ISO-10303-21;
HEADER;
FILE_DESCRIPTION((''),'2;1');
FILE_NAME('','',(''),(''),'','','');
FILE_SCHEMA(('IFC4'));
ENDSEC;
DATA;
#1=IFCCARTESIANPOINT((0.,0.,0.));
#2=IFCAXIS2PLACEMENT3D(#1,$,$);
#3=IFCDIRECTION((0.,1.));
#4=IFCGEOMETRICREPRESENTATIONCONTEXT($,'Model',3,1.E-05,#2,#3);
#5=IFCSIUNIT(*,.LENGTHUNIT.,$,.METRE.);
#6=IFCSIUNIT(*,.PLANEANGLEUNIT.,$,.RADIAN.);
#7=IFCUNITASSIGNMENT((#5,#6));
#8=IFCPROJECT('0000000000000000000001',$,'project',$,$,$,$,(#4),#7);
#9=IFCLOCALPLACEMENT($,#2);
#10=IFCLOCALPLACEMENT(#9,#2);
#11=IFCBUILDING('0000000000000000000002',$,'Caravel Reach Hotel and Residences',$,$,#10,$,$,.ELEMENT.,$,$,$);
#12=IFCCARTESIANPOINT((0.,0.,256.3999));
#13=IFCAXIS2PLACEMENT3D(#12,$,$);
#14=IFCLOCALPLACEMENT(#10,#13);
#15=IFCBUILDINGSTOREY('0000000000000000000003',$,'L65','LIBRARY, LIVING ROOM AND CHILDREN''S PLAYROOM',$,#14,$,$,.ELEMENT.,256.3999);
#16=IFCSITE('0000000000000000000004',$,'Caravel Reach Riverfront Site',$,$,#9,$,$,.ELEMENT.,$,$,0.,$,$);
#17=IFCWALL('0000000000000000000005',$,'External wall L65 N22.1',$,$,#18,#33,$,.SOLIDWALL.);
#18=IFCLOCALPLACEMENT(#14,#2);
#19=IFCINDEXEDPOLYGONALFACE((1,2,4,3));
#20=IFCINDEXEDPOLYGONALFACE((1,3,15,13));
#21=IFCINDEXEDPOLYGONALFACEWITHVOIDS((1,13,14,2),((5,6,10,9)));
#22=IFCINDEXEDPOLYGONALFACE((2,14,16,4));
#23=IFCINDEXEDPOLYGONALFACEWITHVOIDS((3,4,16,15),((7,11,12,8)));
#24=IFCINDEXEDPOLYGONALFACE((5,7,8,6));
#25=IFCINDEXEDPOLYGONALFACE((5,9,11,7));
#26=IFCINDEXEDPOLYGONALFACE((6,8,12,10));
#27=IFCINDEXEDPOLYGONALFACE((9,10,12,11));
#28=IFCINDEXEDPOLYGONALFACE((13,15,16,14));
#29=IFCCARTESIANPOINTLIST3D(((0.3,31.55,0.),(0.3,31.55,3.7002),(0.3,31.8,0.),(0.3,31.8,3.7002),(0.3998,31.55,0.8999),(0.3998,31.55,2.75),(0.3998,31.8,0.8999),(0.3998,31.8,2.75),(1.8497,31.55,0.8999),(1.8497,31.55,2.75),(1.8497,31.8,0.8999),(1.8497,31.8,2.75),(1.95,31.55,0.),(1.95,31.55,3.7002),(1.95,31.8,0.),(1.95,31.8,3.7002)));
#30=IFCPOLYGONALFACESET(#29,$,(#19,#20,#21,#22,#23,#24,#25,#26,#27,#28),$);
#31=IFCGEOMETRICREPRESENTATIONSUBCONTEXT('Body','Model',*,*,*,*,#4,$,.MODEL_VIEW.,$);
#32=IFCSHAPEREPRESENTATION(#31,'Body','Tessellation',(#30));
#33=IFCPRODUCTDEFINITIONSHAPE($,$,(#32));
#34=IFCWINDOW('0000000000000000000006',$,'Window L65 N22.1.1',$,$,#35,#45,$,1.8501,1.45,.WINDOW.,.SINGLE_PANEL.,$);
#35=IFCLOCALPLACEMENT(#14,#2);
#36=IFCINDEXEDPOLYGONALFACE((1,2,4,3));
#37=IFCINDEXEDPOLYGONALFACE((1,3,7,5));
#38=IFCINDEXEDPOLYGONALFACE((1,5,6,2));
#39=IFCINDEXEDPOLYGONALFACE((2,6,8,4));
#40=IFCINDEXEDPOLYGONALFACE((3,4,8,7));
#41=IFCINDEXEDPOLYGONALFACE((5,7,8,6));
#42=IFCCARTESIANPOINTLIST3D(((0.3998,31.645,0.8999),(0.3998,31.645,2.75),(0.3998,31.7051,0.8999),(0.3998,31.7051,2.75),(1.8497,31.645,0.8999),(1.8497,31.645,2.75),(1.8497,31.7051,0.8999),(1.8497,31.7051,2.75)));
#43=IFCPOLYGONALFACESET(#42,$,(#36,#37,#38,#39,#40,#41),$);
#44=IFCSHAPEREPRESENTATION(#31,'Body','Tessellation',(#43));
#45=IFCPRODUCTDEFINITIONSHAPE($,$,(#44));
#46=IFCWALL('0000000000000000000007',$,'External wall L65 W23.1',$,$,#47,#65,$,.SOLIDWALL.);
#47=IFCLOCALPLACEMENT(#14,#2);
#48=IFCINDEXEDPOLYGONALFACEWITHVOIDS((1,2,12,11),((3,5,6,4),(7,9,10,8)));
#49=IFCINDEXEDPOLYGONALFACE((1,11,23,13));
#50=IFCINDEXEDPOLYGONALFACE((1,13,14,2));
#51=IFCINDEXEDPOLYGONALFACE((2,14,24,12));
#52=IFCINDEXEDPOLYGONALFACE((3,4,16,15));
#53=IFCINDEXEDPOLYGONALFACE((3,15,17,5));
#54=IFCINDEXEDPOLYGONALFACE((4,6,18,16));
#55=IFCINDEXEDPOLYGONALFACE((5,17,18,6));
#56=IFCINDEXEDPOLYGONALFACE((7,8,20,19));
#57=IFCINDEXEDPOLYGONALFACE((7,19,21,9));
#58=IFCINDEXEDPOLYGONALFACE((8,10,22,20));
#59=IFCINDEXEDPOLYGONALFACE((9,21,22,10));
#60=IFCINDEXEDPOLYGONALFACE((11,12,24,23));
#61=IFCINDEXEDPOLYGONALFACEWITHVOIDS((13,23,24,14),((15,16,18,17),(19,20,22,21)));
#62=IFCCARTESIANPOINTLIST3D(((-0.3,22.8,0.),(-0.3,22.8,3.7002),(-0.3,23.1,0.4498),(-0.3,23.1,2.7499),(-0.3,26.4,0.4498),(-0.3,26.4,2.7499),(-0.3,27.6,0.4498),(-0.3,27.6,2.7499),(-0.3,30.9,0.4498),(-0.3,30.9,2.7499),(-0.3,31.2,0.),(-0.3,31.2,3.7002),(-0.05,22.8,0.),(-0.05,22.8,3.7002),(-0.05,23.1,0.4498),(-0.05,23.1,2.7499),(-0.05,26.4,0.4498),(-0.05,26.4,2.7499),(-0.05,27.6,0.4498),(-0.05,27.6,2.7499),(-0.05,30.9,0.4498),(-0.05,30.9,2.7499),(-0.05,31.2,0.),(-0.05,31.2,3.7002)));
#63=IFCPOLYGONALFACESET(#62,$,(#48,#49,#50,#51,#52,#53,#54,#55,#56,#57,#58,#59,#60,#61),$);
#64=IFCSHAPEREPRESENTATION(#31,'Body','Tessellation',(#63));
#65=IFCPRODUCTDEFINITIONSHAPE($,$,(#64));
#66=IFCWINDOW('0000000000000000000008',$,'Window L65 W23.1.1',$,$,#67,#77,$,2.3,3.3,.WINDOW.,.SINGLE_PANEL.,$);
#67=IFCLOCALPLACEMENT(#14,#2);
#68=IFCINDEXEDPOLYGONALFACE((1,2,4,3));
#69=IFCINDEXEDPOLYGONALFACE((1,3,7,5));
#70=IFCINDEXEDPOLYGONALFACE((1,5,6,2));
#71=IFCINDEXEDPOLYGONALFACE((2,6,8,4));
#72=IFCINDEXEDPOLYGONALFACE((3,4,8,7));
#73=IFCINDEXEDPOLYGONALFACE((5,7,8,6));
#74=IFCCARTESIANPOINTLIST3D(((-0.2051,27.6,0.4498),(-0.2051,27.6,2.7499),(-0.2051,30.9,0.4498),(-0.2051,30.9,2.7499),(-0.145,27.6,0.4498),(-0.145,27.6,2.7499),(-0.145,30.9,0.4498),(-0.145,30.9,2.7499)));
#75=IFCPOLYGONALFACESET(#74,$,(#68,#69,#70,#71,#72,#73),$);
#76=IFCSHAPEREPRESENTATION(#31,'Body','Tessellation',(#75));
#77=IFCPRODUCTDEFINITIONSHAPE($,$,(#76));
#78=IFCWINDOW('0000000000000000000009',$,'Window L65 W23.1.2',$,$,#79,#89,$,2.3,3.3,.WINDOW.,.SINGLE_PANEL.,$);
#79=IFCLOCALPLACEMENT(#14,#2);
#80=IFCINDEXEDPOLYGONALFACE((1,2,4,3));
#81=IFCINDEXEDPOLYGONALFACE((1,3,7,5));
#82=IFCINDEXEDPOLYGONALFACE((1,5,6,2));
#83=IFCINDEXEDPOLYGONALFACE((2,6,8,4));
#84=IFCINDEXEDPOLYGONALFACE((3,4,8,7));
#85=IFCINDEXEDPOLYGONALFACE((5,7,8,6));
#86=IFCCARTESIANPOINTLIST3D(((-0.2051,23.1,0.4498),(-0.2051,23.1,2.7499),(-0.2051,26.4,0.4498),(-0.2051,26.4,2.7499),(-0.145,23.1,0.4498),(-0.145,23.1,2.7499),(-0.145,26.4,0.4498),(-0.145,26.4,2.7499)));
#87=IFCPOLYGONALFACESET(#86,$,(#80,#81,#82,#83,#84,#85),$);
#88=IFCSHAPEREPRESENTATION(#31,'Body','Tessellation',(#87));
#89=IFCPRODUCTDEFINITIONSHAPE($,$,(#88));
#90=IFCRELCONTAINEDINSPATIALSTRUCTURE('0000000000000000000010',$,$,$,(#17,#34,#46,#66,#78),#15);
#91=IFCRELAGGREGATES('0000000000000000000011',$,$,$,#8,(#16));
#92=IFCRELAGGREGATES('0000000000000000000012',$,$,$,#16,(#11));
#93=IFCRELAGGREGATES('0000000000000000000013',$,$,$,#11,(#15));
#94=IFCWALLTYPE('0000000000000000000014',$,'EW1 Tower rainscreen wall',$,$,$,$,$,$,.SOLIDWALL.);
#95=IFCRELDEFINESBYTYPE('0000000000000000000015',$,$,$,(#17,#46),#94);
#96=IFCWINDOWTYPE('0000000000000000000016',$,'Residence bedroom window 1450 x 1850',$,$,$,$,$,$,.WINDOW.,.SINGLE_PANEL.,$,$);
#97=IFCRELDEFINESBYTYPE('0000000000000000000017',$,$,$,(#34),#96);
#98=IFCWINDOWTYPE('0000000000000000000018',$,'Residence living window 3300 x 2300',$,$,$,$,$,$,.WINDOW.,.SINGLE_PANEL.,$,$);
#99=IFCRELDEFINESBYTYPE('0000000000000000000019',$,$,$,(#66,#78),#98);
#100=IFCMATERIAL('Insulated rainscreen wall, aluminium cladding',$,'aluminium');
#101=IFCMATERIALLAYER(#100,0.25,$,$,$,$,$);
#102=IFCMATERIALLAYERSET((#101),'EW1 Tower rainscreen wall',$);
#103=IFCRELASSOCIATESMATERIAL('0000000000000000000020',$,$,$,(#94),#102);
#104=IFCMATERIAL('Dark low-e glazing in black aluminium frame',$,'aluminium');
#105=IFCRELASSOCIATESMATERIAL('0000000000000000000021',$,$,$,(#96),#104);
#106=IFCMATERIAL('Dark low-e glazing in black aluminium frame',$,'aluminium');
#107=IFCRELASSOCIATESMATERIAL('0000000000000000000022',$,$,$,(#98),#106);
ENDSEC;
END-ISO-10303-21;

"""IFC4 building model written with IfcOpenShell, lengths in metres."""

from ifc_helpers import new_model, si_unit, direction, frame, frame_2d, origin, place, context, subcontext, project, spatial, rectangle, extrude, material, layer, layer_set, type_object, element, fill, save


model = new_model("IFC4")

# Units and contexts
model_context = context("Model", 3, precision=1e-05, world=origin(), true_north=direction((0.0, 1.0)))
body_context = subcontext(model_context, "Body", "Model", "MODEL_VIEW")
ifc_project = project(units=[si_unit("LENGTHUNIT", "METRE"), si_unit("PLANEANGLEUNIT", "RADIAN")], contexts=[model_context])

# Site, building, storey
site_placement = place(None, origin())
site = spatial("IfcSite", under=ifc_project, at=site_placement, Name="Caravel Reach Riverfront Site", CompositionType="ELEMENT", RefElevation=0.0)
building_placement = place(site_placement, origin())
building = spatial("IfcBuilding", under=site, at=building_placement, Name="Caravel Reach Hotel and Residences", CompositionType="ELEMENT")
storey_placement = place(building_placement, frame((0.0, 0.0, 256.3999)))
storey = spatial("IfcBuildingStorey", under=building, at=storey_placement, Name="L65", Description="LIBRARY, LIVING ROOM AND CHILDREN'S PLAYROOM", CompositionType="ELEMENT", Elevation=256.3999)

# Wall, opening, window
ifc_material_1 = material(Name="Insulated rainscreen wall, aluminium cladding", Category="aluminium")
ifc_layer_1 = layer(ifc_material_1, 0.25)
ifc_layer_set_1 = layer_set([ifc_layer_1], Name="EW1 Tower rainscreen wall")
wall_type_1 = type_object("IfcWallType", Name="EW1 Tower rainscreen wall", PredefinedType="SOLIDWALL", material=ifc_layer_set_1)
ifc_material_2 = material(Name="Dark low-e glazing in black aluminium frame", Category="aluminium")
window_type_1 = type_object("IfcWindowType", Name="Residence bedroom window 1450 x 1850", PartitioningType="SINGLE_PANEL", PredefinedType="WINDOW", material=ifc_material_2)
wall_1_placement = place(storey_placement, frame((1.95, 31.675, 0.0), z_axis=(0.0, 0.0, 1.0), x_axis=(-1.0, 0.0, 0.0)))
wall_1 = element("IfcWall", 1, at=wall_1_placement, inside=storey, type_object=wall_type_1, Name="External wall L65 N22.1", PredefinedType="SOLIDWALL", context=body_context, shape_type="SweptSolid", body=[
    extrude(rectangle(XDim=1.6499, YDim=0.25, at=frame_2d((0.825, 0.0))), origin(), (0.0, 0.0, 1.0), 3.7002),
])
opening_1_placement = place(wall_1_placement, frame((0.1001, 0.0, 0.8999)))
opening_1 = element("IfcOpeningElement", 2, at=opening_1_placement, cuts=wall_1, PredefinedType="OPENING", context=body_context, shape_type="SweptSolid", body=[
    extrude(rectangle(XDim=1.45, YDim=1.8501, at=frame_2d((0.7251, 0.925))), frame((0.0, 0.135, 0.0), z_axis=(0.0, -1.0, 0.0), x_axis=(1.0, 0.0, 0.0)), (0.0, 0.0, 1.0), 0.27),
])
window_1_placement = place(opening_1_placement, origin())
window_1 = element("IfcWindow", 3, at=window_1_placement, inside=storey, type_object=window_type_1, Name="Window L65 N22.1.1", OverallHeight=1.8501, OverallWidth=1.45, PartitioningType="SINGLE_PANEL", PredefinedType="WINDOW", context=body_context, shape_type="SweptSolid", body=[
    extrude(rectangle(XDim=1.45, YDim=1.8501, at=frame_2d((0.7251, 0.925))), frame((0.0, 0.03, 0.0), z_axis=(0.0, -1.0, 0.0), x_axis=(1.0, 0.0, 0.0)), (0.0, 0.0, 1.0), 0.0601),
])
fill(opening_1, window_1)

# Wall, openings, windows
wall_2_placement = place(storey_placement, frame((-0.175, 31.2, 0.0), z_axis=(0.0, 0.0, 1.0), x_axis=(0.0, -1.0, 0.0)))
wall_2 = element("IfcWall", 4, at=wall_2_placement, inside=storey, type_object=wall_type_1, Name="External wall L65 W23.1", PredefinedType="SOLIDWALL", context=body_context, shape_type="SweptSolid", body=[
    extrude(rectangle(XDim=8.3999, YDim=0.25, at=frame_2d((4.2, 0.0))), origin(), (0.0, 0.0, 1.0), 3.7002),
])
opening_2_placement = place(wall_2_placement, frame((0.3, 0.0, 0.45)))
opening_2 = element("IfcOpeningElement", 5, at=opening_2_placement, cuts=wall_2, PredefinedType="OPENING", context=body_context, shape_type="SweptSolid", body=[
    extrude(rectangle(XDim=3.3, YDim=2.3, at=frame_2d((1.6499, 1.1499))), frame((0.0, 0.135, 0.0), z_axis=(0.0, -1.0, 0.0), x_axis=(1.0, 0.0, 0.0)), (0.0, 0.0, 1.0), 0.27),
])
opening_3_placement = place(wall_2_placement, frame((4.8, 0.0, 0.45)))
opening_3 = element("IfcOpeningElement", 6, at=opening_3_placement, cuts=wall_2, PredefinedType="OPENING", context=body_context, shape_type="SweptSolid", body=[
    extrude(rectangle(XDim=3.3, YDim=2.3, at=frame_2d((1.6499, 1.1499))), frame((0.0, 0.135, 0.0), z_axis=(0.0, -1.0, 0.0), x_axis=(1.0, 0.0, 0.0)), (0.0, 0.0, 1.0), 0.27),
])
ifc_material_3 = material(Name="Dark low-e glazing in black aluminium frame", Category="aluminium")
window_type_2 = type_object("IfcWindowType", Name="Residence living window 3300 x 2300", PartitioningType="SINGLE_PANEL", PredefinedType="WINDOW", material=ifc_material_3)
window_2_placement = place(opening_2_placement, origin())
window_2 = element("IfcWindow", 7, at=window_2_placement, inside=storey, type_object=window_type_2, Name="Window L65 W23.1.1", OverallHeight=2.3, OverallWidth=3.3, PartitioningType="SINGLE_PANEL", PredefinedType="WINDOW", context=body_context, shape_type="SweptSolid", body=[
    extrude(rectangle(XDim=3.3, YDim=2.3, at=frame_2d((1.6499, 1.1499))), frame((0.0, 0.03, 0.0), z_axis=(0.0, -1.0, 0.0), x_axis=(1.0, 0.0, 0.0)), (0.0, 0.0, 1.0), 0.0601),
])
fill(opening_2, window_2)
window_3_placement = place(opening_3_placement, origin())
window_3 = element("IfcWindow", 8, at=window_3_placement, inside=storey, type_object=window_type_2, Name="Window L65 W23.1.2", OverallHeight=2.3, OverallWidth=3.3, PartitioningType="SINGLE_PANEL", PredefinedType="WINDOW", context=body_context, shape_type="SweptSolid", body=[
    extrude(rectangle(XDim=3.3, YDim=2.3, at=frame_2d((1.6499, 1.1499))), frame((0.0, 0.03, 0.0), z_axis=(0.0, -1.0, 0.0), x_axis=(1.0, 0.0, 0.0)), (0.0, 0.0, 1.0), 0.0601),
])
fill(opening_3, window_3)

save(model, "model.ifc")
